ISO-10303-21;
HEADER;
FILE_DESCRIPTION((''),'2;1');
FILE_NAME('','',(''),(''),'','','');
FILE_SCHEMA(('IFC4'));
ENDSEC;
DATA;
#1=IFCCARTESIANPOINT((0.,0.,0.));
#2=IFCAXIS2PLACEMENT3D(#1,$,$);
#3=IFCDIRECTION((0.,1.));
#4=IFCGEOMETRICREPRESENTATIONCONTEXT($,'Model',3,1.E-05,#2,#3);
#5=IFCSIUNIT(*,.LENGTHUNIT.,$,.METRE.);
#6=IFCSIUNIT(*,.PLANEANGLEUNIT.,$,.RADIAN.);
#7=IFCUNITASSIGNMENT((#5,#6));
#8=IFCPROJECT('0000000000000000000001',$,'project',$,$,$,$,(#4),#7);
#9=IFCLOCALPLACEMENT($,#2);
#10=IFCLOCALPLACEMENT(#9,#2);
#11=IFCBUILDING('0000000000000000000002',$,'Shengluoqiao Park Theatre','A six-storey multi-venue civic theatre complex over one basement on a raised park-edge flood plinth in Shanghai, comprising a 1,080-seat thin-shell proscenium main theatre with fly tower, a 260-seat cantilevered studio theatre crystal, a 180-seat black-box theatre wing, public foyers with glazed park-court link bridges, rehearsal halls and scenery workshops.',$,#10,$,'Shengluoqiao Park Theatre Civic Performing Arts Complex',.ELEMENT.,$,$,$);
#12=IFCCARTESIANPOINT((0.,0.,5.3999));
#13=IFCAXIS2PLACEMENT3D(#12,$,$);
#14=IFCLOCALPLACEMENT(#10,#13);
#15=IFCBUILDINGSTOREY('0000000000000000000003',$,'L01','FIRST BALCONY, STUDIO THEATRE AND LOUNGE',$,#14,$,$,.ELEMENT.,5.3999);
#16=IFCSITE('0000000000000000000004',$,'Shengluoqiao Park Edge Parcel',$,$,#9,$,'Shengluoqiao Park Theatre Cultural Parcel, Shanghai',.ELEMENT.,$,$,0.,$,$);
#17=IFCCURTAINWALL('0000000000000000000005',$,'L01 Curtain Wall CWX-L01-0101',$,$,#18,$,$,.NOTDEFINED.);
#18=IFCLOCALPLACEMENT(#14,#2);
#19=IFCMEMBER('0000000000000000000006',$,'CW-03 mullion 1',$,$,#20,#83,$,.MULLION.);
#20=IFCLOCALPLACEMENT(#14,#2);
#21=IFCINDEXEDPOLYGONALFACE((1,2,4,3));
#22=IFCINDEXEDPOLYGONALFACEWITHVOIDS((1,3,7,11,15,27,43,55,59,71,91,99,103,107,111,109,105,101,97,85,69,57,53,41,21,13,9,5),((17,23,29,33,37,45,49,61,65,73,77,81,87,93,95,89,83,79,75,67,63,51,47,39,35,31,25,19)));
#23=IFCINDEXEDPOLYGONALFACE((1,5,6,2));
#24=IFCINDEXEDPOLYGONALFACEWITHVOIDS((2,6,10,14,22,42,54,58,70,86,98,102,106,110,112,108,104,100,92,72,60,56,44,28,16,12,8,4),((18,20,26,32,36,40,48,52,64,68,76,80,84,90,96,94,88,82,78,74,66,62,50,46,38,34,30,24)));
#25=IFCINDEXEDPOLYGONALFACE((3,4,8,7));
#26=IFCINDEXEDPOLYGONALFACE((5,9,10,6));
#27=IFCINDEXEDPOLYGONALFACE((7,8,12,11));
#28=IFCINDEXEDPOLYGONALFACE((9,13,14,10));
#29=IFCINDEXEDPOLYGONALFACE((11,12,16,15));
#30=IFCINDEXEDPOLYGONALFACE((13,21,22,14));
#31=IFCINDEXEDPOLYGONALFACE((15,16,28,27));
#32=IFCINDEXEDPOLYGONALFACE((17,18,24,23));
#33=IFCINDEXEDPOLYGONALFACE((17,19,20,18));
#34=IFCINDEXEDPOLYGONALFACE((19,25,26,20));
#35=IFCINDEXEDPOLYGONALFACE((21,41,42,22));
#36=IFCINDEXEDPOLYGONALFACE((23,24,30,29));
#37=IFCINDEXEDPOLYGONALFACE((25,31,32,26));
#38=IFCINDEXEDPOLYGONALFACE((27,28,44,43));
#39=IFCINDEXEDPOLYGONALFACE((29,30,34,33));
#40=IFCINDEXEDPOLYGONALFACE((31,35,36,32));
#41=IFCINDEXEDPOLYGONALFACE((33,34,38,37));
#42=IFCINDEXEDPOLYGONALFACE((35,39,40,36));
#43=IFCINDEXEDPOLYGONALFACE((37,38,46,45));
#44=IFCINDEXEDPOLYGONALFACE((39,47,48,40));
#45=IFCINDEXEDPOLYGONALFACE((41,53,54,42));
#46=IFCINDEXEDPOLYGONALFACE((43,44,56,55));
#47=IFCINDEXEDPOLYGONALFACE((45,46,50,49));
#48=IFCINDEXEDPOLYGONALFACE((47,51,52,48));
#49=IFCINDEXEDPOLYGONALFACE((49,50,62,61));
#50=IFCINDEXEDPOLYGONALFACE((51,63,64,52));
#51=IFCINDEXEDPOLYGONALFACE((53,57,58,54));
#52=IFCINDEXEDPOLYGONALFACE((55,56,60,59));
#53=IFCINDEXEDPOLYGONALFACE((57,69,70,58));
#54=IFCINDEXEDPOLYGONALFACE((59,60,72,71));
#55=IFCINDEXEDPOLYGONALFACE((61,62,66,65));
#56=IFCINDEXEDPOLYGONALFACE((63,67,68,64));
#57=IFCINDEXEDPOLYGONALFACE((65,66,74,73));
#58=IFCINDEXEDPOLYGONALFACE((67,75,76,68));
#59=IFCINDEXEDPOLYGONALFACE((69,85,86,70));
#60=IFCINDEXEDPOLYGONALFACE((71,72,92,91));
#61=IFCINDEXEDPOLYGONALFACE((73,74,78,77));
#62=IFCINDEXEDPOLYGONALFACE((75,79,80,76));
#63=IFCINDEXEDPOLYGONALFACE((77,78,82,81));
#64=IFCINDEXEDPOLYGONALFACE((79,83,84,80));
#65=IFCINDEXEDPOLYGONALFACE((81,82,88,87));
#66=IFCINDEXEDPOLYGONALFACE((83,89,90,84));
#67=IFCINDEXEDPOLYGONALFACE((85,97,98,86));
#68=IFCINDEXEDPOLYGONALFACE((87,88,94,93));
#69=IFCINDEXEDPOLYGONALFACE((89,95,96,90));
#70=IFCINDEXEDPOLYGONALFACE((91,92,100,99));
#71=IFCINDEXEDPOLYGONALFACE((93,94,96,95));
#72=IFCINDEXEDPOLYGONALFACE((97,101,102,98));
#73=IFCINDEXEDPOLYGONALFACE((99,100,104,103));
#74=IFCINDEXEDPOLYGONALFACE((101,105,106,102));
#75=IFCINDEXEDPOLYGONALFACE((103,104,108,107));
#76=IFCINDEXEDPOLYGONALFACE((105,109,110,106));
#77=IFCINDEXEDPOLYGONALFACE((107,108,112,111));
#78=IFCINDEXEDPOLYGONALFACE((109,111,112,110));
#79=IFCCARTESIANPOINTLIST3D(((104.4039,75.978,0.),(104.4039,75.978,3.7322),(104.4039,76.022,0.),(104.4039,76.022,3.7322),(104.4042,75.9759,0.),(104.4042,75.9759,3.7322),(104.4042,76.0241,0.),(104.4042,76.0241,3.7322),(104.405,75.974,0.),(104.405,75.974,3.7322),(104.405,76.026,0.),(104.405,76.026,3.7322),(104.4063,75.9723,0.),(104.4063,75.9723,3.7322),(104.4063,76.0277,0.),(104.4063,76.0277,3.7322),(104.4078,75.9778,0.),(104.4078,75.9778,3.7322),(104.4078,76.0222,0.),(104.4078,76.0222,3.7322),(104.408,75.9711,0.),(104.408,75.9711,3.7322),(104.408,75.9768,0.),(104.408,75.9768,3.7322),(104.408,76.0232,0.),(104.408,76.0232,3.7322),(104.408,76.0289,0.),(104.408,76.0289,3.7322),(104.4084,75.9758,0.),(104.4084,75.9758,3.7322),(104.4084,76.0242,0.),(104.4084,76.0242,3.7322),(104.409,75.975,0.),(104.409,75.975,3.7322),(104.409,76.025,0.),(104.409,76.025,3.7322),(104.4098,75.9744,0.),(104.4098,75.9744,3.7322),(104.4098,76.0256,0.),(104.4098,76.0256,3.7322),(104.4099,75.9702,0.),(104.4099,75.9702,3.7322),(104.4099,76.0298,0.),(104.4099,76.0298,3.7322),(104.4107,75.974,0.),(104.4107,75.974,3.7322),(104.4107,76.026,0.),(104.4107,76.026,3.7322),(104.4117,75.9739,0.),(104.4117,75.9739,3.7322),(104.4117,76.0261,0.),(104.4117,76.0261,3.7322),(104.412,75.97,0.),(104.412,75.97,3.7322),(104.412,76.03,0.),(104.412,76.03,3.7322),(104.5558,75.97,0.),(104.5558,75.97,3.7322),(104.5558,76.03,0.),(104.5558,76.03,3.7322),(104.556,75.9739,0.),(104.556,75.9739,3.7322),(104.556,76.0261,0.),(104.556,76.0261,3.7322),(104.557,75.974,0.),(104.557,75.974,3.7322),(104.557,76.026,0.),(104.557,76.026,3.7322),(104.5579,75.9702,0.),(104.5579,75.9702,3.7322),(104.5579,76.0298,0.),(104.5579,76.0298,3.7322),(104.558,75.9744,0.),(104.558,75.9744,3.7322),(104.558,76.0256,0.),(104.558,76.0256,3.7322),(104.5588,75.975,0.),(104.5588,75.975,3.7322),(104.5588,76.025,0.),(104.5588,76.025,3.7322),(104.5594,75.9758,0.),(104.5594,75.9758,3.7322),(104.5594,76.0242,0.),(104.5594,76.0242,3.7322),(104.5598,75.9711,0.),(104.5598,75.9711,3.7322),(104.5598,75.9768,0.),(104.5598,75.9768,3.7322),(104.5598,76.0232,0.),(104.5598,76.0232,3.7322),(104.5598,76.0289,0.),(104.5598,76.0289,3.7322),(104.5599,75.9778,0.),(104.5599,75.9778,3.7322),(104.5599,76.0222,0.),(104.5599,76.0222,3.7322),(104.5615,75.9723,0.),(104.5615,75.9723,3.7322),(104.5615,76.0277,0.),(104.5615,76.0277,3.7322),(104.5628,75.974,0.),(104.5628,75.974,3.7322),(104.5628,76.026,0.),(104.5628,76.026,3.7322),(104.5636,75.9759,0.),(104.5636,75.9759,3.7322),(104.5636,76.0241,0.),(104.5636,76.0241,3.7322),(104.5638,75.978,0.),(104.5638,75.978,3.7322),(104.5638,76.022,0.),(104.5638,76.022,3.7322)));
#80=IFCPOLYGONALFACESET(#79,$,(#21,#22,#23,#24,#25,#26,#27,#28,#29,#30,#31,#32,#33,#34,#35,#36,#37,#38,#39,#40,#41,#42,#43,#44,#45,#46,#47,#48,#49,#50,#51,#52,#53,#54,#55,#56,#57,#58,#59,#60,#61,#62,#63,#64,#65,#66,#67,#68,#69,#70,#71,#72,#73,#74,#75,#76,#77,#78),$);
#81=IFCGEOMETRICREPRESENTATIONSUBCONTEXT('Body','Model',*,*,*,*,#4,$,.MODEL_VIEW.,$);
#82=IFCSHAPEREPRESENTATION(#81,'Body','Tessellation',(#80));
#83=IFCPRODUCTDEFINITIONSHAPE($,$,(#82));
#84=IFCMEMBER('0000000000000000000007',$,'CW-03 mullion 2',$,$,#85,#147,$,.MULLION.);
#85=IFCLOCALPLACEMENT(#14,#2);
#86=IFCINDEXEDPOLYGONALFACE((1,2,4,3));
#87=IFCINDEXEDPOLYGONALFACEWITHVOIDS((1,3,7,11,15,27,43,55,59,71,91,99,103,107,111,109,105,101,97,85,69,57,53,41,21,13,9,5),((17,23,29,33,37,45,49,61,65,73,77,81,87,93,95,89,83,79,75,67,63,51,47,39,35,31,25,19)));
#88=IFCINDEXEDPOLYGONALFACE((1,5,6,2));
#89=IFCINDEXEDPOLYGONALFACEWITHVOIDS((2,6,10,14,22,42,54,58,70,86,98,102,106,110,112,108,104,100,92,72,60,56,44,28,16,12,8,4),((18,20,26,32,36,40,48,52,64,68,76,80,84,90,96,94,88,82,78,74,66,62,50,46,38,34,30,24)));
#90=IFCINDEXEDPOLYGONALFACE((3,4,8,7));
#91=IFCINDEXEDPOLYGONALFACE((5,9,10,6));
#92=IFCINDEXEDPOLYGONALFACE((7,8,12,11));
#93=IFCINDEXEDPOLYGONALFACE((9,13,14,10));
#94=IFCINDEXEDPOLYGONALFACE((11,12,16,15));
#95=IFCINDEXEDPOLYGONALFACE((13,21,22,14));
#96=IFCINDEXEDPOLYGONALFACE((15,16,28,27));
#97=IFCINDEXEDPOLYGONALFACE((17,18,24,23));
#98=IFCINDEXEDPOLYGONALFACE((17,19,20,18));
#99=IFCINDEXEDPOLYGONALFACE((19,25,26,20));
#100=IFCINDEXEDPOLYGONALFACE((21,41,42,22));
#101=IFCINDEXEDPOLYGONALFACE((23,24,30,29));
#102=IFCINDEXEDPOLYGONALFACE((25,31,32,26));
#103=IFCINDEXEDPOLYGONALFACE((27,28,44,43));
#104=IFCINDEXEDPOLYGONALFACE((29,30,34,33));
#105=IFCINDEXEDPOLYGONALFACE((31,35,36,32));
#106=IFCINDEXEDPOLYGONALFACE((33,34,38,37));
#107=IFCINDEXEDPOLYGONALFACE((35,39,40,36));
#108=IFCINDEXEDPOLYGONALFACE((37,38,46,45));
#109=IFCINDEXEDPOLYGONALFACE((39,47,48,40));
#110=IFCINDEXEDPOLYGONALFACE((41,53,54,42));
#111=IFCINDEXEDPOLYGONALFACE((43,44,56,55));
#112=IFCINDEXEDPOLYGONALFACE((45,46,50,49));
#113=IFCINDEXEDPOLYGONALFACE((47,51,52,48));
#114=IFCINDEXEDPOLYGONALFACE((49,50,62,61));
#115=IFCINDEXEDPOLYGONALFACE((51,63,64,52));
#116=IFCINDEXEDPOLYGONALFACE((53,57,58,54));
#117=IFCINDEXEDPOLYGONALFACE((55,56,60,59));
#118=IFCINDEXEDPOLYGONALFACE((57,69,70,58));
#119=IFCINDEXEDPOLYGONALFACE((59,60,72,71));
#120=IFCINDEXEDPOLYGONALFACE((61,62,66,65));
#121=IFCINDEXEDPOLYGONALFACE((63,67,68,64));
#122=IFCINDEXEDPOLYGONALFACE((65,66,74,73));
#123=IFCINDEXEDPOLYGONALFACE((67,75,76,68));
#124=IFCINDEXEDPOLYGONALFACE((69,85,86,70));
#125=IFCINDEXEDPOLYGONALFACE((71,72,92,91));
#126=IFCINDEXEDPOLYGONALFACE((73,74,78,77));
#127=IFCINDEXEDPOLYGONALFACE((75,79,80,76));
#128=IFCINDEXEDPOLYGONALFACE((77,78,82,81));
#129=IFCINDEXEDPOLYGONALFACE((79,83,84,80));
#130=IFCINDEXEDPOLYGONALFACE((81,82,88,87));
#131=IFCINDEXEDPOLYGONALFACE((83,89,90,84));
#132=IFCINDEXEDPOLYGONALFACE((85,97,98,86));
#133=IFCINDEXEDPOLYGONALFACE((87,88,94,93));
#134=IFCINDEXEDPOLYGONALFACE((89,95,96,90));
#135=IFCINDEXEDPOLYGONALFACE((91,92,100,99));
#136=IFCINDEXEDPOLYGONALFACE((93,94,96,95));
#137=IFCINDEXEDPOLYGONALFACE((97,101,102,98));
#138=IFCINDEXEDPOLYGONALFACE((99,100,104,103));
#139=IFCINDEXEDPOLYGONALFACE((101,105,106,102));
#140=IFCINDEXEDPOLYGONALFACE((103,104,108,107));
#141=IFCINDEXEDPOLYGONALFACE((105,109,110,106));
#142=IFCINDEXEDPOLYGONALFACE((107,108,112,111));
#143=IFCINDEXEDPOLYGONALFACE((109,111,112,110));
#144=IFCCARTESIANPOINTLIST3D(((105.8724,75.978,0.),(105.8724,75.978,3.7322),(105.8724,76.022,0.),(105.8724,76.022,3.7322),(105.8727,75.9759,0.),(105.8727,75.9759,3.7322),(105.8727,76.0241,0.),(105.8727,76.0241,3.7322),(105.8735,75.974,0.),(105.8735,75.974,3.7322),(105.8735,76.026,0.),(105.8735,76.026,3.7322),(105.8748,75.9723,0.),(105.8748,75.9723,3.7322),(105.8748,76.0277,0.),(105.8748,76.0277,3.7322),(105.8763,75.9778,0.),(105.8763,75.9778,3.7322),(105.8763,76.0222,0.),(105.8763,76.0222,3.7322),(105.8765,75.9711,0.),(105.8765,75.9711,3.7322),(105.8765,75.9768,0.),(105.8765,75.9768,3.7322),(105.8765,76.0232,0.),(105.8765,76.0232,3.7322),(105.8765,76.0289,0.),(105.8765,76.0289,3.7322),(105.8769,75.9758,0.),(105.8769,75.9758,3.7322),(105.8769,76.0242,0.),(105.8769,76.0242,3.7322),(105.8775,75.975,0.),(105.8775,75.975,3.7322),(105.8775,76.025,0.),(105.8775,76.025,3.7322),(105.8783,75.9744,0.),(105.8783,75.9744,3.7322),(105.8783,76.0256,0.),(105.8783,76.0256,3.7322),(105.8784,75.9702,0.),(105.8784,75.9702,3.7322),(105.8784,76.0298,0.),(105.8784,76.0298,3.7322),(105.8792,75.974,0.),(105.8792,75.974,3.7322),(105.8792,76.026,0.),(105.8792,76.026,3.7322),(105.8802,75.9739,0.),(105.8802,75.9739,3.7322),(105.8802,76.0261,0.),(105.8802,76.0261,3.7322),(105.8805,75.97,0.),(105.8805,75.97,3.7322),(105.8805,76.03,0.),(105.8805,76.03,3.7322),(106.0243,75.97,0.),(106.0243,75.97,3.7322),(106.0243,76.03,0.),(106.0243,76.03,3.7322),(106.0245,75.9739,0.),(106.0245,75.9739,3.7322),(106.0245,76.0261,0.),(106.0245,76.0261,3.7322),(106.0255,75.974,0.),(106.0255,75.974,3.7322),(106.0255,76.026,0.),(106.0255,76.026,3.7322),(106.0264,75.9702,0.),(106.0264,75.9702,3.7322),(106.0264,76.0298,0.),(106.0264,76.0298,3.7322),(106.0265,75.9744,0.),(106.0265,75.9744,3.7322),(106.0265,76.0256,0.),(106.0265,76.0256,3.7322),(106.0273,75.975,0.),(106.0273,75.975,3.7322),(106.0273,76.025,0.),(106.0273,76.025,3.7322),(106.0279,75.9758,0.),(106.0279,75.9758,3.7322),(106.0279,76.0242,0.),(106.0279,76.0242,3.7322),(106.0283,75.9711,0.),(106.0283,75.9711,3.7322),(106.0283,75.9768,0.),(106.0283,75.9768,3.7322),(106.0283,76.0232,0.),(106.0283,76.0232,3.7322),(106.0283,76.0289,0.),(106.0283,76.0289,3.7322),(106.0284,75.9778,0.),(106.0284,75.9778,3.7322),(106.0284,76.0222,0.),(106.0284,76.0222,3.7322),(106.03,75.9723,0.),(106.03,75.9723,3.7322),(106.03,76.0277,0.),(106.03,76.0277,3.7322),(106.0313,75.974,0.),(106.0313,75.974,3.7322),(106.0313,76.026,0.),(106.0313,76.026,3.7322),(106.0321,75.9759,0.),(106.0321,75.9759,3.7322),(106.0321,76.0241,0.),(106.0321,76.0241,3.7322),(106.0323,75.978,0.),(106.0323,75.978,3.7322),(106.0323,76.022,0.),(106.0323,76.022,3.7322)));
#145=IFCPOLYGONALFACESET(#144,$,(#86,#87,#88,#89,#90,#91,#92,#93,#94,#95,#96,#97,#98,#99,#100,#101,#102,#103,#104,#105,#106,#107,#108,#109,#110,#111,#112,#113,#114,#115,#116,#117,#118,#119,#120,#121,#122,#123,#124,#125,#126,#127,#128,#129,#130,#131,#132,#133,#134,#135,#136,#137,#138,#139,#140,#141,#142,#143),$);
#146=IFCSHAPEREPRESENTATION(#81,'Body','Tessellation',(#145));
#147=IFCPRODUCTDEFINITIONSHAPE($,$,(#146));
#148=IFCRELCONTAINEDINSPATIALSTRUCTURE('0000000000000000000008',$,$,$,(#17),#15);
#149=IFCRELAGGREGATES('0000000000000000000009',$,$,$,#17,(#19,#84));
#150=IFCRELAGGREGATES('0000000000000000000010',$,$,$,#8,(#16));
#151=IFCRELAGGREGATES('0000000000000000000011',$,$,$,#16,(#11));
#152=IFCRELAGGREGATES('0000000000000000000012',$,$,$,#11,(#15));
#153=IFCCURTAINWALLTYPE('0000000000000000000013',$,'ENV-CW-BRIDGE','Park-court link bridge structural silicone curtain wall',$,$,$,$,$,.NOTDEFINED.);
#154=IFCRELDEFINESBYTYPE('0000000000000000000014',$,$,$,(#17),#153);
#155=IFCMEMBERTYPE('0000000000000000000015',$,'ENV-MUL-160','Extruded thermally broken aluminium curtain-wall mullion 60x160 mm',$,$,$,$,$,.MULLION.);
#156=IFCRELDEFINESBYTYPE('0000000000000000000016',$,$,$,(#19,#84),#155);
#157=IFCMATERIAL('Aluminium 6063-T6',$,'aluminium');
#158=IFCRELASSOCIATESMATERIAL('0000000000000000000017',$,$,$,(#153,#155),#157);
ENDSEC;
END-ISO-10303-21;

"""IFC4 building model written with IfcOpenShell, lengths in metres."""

from ifc_helpers import new_model, si_unit, direction, frame, origin, origin_2d, place, context, subcontext, project, spatial, hollow_rectangle, extrude, material, material_profile, profile_set, type_object, element, aggregate, save


model = new_model("IFC4")

# Units and contexts
model_context = context("Model", 3, precision=1e-05, world=origin(), true_north=direction((0.0, 1.0)))
body_context = subcontext(model_context, "Body", "Model", "MODEL_VIEW")
ifc_project = project(units=[si_unit("LENGTHUNIT", "METRE"), si_unit("PLANEANGLEUNIT", "RADIAN")], contexts=[model_context])

# Site, building, storey
site_placement = place(None, origin())
site = spatial("IfcSite", under=ifc_project, at=site_placement, Name="Shengluoqiao Park Edge Parcel", LongName="Shengluoqiao Park Theatre Cultural Parcel, Shanghai", CompositionType="ELEMENT", RefElevation=0.0)
building_placement = place(site_placement, origin())
building = spatial("IfcBuilding", under=site, at=building_placement, Name="Shengluoqiao Park Theatre", Description="A six-storey multi-venue civic theatre complex over one basement on a raised park-edge flood plinth in Shanghai, comprising a 1,080-seat thin-shell proscenium main theatre with fly tower, a 260-seat cantilevered studio theatre crystal, a 180-seat black-box theatre wing, public foyers with glazed park-court link bridges, rehearsal halls and scenery workshops.", LongName="Shengluoqiao Park Theatre Civic Performing Arts Complex", CompositionType="ELEMENT")
storey_placement = place(building_placement, frame((0.0, 0.0, 5.3999)))
storey = spatial("IfcBuildingStorey", under=building, at=storey_placement, Name="L01", Description="FIRST BALCONY, STUDIO THEATRE AND LOUNGE", CompositionType="ELEMENT", Elevation=5.3999)

# Curtain wall, members
ifc_material_1 = material(Name="Aluminium 6063-T6", Category="aluminium")
curtain_wall_type = type_object("IfcCurtainWallType", Name="ENV-CW-BRIDGE", Description="Park-court link bridge structural silicone curtain wall", PredefinedType="NOTDEFINED", material=ifc_material_1)
ifc_material_profile_1 = material_profile(ifc_material_1, hollow_rectangle(XDim=0.0601, YDim=0.1599, WallThickness=0.0039, InnerFilletRadius=0.0039, OuterFilletRadius=0.0081, at=origin_2d()), Name="ALU MULLION 160x60x4")
ifc_profile_set_1 = profile_set([ifc_material_profile_1], Name="Aluminium 6063-T6")
member_type_1 = type_object("IfcMemberType", Name="ENV-MUL-160", Description="Extruded thermally broken aluminium curtain-wall mullion 60x160 mm", PredefinedType="MULLION", material=ifc_profile_set_1)
curtain_wall_1_placement = place(storey_placement, origin())
curtain_wall_1 = element("IfcCurtainWall", 1, at=curtain_wall_1_placement, inside=storey, type_object=curtain_wall_type, Name="L01 Curtain Wall CWX-L01-0101", PredefinedType="NOTDEFINED")
member_1_placement = place(storey_placement, frame((104.4839, 76.0, 0.0), z_axis=(0.0, 0.0, 1.0), x_axis=(0.0, 1.0, 0.0)))
member_1 = element("IfcMember", 2, at=member_1_placement, type_object=member_type_1, Name="CW-03 mullion 1", PredefinedType="MULLION", context=body_context, shape_type="SweptSolid", body=[
    extrude(hollow_rectangle(XDim=0.0601, YDim=0.1599, WallThickness=0.0039, InnerFilletRadius=0.0039, OuterFilletRadius=0.0081, at=origin_2d()), origin(), (0.0, 0.0, 1.0), 3.7322),
])
member_2_placement = place(storey_placement, frame((105.9524, 76.0, 0.0), z_axis=(0.0, 0.0, 1.0), x_axis=(0.0, 1.0, 0.0)))
member_2 = element("IfcMember", 3, at=member_2_placement, type_object=member_type_1, Name="CW-03 mullion 2", PredefinedType="MULLION", context=body_context, shape_type="SweptSolid", body=[
    extrude(hollow_rectangle(XDim=0.0601, YDim=0.1599, WallThickness=0.0039, InnerFilletRadius=0.0039, OuterFilletRadius=0.0081, at=origin_2d()), origin(), (0.0, 0.0, 1.0), 3.7322),
])

aggregate(curtain_wall_1, [member_1, member_2])

save(model, "model.ifc")
